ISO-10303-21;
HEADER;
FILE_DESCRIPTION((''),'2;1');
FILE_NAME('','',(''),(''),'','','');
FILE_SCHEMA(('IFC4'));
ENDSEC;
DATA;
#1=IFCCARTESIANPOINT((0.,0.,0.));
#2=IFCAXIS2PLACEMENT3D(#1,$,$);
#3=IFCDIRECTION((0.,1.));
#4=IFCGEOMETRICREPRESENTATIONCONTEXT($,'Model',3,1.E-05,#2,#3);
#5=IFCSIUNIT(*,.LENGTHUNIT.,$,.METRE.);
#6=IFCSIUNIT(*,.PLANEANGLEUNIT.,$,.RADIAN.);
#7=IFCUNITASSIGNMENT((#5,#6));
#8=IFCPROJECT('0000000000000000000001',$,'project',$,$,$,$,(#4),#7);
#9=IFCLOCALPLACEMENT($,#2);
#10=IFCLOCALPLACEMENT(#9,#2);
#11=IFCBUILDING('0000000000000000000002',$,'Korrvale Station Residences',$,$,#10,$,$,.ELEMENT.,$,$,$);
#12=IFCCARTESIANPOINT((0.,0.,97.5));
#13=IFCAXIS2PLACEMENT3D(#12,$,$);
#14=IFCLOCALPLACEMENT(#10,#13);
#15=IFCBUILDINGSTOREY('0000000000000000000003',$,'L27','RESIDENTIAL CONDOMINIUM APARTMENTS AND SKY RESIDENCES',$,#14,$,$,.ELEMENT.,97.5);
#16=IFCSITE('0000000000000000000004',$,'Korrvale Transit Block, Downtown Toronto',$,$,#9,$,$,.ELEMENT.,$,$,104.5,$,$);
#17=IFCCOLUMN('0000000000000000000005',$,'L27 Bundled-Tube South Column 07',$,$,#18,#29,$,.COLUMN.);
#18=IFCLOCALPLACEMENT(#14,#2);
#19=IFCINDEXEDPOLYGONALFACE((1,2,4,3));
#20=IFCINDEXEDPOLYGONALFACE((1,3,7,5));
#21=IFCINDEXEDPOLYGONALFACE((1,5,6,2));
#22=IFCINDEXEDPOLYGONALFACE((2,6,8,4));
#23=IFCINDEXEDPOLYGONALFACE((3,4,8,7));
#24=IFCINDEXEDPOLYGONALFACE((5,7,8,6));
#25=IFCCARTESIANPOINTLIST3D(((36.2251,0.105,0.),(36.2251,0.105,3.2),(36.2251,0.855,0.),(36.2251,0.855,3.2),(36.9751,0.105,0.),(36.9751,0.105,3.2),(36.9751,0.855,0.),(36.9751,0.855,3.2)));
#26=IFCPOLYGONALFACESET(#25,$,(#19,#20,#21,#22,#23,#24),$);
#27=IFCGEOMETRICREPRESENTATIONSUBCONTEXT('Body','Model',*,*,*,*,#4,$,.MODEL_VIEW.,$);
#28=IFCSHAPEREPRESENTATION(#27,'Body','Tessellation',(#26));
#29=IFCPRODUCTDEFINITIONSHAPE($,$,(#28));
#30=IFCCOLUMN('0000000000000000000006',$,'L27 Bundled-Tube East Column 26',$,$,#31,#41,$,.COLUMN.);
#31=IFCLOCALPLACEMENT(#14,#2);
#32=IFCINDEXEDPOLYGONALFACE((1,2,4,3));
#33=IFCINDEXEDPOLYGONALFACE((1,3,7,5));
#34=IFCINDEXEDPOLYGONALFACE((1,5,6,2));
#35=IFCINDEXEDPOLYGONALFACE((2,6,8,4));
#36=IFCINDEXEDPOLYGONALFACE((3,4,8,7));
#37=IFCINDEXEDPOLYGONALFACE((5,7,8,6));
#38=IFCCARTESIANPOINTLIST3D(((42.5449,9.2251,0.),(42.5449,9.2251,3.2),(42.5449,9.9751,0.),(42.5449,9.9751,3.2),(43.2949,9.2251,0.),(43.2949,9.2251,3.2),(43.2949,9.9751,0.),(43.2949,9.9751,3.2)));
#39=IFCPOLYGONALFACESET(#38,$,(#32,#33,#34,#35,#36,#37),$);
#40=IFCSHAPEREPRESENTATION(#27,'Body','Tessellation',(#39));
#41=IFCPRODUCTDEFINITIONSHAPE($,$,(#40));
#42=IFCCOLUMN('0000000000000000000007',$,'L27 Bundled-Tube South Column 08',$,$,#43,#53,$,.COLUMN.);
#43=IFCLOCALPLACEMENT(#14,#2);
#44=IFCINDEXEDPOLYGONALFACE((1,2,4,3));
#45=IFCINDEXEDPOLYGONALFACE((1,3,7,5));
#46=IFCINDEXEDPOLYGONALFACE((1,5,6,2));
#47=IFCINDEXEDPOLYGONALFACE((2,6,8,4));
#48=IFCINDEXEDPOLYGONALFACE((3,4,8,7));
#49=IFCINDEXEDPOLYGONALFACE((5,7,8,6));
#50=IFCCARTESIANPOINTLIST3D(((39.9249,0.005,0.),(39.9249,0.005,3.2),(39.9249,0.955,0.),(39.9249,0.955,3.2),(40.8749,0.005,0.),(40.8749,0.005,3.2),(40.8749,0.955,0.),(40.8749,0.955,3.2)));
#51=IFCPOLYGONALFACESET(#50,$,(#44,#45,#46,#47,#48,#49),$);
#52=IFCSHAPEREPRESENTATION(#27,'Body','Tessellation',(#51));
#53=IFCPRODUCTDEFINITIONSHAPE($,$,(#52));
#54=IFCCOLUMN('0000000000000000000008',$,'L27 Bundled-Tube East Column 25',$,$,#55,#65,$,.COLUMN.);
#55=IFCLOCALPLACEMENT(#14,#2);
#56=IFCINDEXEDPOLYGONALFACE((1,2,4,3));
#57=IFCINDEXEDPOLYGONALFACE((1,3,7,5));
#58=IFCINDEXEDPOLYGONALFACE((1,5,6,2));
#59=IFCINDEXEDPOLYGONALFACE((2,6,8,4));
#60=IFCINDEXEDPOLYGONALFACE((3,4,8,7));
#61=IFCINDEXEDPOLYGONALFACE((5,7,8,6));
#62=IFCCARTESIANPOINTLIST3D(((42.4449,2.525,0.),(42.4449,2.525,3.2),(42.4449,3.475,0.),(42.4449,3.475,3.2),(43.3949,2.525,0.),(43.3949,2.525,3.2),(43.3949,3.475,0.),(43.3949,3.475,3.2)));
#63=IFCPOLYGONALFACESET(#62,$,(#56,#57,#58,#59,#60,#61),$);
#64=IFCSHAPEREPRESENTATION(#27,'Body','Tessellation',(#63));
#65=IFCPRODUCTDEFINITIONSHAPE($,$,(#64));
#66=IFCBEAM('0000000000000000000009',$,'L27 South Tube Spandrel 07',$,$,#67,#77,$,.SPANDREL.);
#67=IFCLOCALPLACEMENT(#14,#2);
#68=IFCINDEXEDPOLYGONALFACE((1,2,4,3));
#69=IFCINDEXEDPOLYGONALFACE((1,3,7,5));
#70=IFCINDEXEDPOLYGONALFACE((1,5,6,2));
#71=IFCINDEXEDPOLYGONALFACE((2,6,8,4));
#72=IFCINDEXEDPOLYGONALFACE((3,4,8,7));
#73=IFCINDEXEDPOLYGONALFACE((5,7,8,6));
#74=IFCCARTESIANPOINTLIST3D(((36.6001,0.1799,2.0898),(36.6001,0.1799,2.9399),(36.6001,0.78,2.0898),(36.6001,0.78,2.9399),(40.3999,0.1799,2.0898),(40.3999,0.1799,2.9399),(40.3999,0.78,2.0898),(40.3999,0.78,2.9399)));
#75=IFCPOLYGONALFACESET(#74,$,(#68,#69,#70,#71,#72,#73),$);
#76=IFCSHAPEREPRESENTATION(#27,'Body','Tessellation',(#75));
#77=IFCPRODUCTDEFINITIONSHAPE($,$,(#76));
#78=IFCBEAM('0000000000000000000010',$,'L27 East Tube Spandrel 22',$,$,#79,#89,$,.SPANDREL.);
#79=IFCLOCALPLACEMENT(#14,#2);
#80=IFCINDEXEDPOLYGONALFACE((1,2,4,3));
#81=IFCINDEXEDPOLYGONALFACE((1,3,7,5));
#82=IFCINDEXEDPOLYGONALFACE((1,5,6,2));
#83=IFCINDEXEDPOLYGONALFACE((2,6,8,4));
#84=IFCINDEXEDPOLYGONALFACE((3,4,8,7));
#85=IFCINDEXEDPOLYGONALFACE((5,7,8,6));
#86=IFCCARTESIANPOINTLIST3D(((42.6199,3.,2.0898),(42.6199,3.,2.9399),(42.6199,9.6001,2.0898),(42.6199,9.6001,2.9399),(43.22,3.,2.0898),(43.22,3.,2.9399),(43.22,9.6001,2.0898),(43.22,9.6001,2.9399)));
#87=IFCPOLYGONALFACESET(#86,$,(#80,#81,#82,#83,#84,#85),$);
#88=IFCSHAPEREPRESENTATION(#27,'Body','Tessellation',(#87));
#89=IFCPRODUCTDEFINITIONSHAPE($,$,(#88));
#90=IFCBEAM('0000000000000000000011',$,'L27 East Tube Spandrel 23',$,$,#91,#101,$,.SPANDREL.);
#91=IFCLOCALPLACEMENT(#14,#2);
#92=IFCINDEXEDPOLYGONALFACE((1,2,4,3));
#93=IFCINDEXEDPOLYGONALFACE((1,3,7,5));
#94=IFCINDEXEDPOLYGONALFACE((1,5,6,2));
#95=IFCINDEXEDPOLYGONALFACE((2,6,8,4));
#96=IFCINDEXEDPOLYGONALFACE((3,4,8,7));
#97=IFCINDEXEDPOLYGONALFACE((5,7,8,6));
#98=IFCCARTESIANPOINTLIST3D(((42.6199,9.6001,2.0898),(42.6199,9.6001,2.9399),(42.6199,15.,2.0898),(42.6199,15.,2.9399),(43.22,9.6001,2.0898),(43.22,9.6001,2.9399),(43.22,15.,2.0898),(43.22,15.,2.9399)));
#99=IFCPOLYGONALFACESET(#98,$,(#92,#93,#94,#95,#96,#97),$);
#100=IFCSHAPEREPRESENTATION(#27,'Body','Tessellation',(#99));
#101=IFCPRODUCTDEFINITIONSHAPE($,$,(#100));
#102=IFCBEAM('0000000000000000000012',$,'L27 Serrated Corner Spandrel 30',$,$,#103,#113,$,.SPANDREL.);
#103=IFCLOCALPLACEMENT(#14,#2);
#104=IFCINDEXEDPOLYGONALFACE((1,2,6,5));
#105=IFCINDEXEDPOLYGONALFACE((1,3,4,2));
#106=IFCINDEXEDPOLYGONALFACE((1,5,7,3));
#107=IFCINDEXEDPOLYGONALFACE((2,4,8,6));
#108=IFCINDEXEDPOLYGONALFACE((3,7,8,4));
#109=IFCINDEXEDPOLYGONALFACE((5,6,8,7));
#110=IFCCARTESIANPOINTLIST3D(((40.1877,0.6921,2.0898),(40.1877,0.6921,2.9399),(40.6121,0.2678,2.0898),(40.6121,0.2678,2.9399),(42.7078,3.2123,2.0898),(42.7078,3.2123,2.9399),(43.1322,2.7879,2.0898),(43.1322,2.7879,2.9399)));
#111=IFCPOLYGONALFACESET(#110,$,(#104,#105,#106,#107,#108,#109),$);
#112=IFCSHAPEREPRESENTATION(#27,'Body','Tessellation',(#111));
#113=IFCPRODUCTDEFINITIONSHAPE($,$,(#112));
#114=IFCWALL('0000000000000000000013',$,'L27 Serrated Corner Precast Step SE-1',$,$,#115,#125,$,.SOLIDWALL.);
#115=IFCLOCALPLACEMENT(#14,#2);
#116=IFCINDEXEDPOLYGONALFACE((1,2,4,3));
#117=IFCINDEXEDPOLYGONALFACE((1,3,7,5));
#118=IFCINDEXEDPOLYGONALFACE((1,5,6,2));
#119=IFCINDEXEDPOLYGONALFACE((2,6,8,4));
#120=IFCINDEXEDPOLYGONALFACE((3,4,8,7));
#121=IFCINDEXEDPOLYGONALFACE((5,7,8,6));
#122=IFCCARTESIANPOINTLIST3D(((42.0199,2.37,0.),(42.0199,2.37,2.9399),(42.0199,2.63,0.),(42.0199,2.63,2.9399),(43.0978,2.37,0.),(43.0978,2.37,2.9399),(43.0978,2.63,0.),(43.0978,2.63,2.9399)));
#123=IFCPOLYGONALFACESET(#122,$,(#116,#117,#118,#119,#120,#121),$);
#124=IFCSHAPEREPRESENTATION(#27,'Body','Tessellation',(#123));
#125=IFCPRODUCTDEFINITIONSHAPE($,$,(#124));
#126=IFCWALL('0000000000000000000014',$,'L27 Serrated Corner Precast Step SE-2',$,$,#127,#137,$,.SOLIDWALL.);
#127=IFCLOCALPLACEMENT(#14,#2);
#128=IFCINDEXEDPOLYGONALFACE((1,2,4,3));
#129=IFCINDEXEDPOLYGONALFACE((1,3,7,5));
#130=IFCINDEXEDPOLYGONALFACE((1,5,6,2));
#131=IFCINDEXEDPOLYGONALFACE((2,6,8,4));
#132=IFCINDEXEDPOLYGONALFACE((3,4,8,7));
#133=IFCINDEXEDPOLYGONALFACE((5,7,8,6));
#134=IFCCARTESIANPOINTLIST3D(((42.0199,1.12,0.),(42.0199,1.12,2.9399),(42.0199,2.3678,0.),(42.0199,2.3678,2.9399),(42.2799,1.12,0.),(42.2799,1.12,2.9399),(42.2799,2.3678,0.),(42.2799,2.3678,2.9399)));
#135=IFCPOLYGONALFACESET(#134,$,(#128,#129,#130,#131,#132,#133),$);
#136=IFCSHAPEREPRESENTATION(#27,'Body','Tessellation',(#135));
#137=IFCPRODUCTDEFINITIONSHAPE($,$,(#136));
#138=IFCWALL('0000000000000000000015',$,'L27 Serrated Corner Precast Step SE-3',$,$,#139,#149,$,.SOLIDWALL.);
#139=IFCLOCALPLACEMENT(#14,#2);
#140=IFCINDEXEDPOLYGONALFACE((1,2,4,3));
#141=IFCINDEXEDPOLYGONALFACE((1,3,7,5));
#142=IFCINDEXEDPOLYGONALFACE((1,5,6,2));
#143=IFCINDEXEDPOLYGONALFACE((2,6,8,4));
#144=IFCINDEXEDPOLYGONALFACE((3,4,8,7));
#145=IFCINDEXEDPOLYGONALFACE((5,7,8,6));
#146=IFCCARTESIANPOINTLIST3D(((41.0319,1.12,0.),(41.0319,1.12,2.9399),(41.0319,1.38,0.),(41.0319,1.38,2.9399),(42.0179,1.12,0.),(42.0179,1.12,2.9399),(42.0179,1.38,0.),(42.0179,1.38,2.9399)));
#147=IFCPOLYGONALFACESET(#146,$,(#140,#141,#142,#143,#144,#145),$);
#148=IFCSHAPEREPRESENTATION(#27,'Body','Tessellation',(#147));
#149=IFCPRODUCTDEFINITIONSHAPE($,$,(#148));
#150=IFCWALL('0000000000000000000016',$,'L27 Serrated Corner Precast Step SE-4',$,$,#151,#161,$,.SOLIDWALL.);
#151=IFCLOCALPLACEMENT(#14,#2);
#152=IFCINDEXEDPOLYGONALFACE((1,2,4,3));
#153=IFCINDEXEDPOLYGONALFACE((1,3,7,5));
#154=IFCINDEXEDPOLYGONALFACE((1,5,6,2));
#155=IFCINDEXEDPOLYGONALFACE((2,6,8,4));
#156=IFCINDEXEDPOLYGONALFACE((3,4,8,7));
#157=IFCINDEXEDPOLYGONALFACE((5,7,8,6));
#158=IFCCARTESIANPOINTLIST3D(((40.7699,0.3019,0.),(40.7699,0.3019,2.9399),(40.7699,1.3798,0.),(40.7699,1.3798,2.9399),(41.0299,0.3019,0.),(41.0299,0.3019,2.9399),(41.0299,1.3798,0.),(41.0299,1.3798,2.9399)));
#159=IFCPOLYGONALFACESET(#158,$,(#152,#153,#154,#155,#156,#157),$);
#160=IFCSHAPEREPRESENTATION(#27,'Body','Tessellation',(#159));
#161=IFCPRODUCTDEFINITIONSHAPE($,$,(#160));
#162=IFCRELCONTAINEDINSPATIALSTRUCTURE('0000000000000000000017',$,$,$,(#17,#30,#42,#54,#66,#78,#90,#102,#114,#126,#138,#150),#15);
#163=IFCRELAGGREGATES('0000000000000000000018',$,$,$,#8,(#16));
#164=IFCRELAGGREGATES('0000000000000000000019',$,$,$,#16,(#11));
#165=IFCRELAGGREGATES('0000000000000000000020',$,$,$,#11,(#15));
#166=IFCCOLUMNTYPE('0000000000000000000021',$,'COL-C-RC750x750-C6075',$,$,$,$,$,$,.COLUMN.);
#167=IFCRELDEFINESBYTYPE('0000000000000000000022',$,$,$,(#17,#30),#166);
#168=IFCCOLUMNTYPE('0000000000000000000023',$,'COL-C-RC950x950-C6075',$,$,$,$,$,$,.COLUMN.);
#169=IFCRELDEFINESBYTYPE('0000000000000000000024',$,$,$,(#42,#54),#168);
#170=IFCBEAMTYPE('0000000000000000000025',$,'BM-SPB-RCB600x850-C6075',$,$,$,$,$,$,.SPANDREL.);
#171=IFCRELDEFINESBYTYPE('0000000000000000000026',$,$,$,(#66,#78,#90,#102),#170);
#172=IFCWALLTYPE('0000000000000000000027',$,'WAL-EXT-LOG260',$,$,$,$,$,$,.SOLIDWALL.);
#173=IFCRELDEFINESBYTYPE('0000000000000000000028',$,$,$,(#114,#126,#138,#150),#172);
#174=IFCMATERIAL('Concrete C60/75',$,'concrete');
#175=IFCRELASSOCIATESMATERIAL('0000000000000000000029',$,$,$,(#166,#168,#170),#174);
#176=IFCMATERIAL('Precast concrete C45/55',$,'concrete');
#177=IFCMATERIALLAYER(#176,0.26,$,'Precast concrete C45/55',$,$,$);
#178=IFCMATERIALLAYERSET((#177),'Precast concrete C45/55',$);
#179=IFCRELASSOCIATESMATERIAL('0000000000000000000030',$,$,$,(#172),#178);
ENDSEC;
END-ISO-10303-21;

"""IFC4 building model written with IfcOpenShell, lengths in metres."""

from ifc_helpers import new_model, si_unit, direction, frame, frame_2d, origin, origin_2d, place, context, subcontext, project, spatial, rectangle, extrude, material, layer, layer_set, material_profile, profile_set, type_object, element, save


model = new_model("IFC4")

# Units and contexts
model_context = context("Model", 3, precision=1e-05, world=origin(), true_north=direction((0.0, 1.0)))
body_context = subcontext(model_context, "Body", "Model", "MODEL_VIEW")
ifc_project = project(units=[si_unit("LENGTHUNIT", "METRE"), si_unit("PLANEANGLEUNIT", "RADIAN")], contexts=[model_context])

# Site, building, storey
site_placement = place(None, origin())
site = spatial("IfcSite", under=ifc_project, at=site_placement, Name="Korrvale Transit Block, Downtown Toronto", CompositionType="ELEMENT", RefElevation=104.5)
building_placement = place(site_placement, origin())
building = spatial("IfcBuilding", under=site, at=building_placement, Name="Korrvale Station Residences", CompositionType="ELEMENT")
storey_placement = place(building_placement, frame((0.0, 0.0, 97.5)))
storey = spatial("IfcBuildingStorey", under=building, at=storey_placement, Name="L27", Description="RESIDENTIAL CONDOMINIUM APARTMENTS AND SKY RESIDENCES", CompositionType="ELEMENT", Elevation=97.5)

# Columns
ifc_material_1 = material(Name="Concrete C60/75", Category="concrete")
ifc_material_profile_1 = material_profile(ifc_material_1, rectangle(XDim=0.75, YDim=0.75, at=origin_2d()), Name="RC750x750")
ifc_profile_set_1 = profile_set([ifc_material_profile_1], Name="Concrete C60/75")
column_type_1 = type_object("IfcColumnType", Name="COL-C-RC750x750-C6075", PredefinedType="COLUMN", material=ifc_profile_set_1)
for number, where, z_axis, x_axis, name in (
    (1, (36.6001, 0.48, 0.0), (0.0, 0.0, 1.0), (1.0, 0.0, 0.0), "L27 Bundled-Tube South Column 07"),
    (2, (42.9199, 9.6001, 0.0), (0.0, 0.0, 1.0), (1.0, 0.0, 0.0), "L27 Bundled-Tube East Column 26"),
):
    element("IfcColumn", number, at=place(storey_placement, frame(where, z_axis=z_axis, x_axis=x_axis)), inside=storey, type_object=column_type_1, Name=name, PredefinedType="COLUMN", context=body_context, shape_type="SweptSolid", body=[
        extrude(rectangle(XDim=0.75, YDim=0.75, at=origin_2d()), origin(), (0.0, 0.0, 1.0), 3.2),
    ])
ifc_material_profile_2 = material_profile(ifc_material_1, rectangle(XDim=0.95, YDim=0.95, at=origin_2d()), Name="RC950x950")
ifc_profile_set_2 = profile_set([ifc_material_profile_2], Name="Concrete C60/75")
column_type_2 = type_object("IfcColumnType", Name="COL-C-RC950x950-C6075", PredefinedType="COLUMN", material=ifc_profile_set_2)
for number, where, z_axis, x_axis, name in (
    (3, (40.3999, 0.48, 0.0), (0.0, 0.0, 1.0), (1.0, 0.0, 0.0), "L27 Bundled-Tube South Column 08"),
    (4, (42.9199, 3.0, 0.0), (0.0, 0.0, 1.0), (1.0, 0.0, 0.0), "L27 Bundled-Tube East Column 25"),
):
    element("IfcColumn", number, at=place(storey_placement, frame(where, z_axis=z_axis, x_axis=x_axis)), inside=storey, type_object=column_type_2, Name=name, PredefinedType="COLUMN", context=body_context, shape_type="SweptSolid", body=[
        extrude(rectangle(XDim=0.95, YDim=0.95, at=origin_2d()), origin(), (0.0, 0.0, 1.0), 3.2),
    ])

# Beams
ifc_material_profile_3 = material_profile(ifc_material_1, rectangle(XDim=0.6001, YDim=0.8501, at=origin_2d()), Name="RCB600x850")
ifc_profile_set_3 = profile_set([ifc_material_profile_3], Name="Concrete C60/75")
beam_type = type_object("IfcBeamType", Name="BM-SPB-RCB600x850-C6075", PredefinedType="SPANDREL", material=ifc_profile_set_3)
beam_1_placement = place(storey_placement, frame((36.6001, 0.48, 2.5149), z_axis=(1.0, 0.0, 0.0), x_axis=(0.0, 1.0, 0.0)))
element("IfcBeam", 5, at=beam_1_placement, inside=storey, type_object=beam_type, Name="L27 South Tube Spandrel 07", PredefinedType="SPANDREL", context=body_context, shape_type="SweptSolid", body=[
    extrude(rectangle(XDim=0.6001, YDim=0.8501, at=origin_2d()), origin(), (0.0, 0.0, 1.0), 3.7998),
])
beam_2_placement = place(storey_placement, frame((42.9199, 3.0, 2.5149), z_axis=(0.0, 1.0, 0.0), x_axis=(-1.0, 0.0, 0.0)))
element("IfcBeam", 6, at=beam_2_placement, inside=storey, type_object=beam_type, Name="L27 East Tube Spandrel 22", PredefinedType="SPANDREL", context=body_context, shape_type="SweptSolid", body=[
    extrude(rectangle(XDim=0.6001, YDim=0.8501, at=origin_2d()), origin(), (0.0, 0.0, 1.0), 6.6001),
])
beam_3_placement = place(storey_placement, frame((42.9199, 9.6001, 2.5149), z_axis=(0.0, 1.0, 0.0), x_axis=(-1.0, 0.0, 0.0)))
element("IfcBeam", 7, at=beam_3_placement, inside=storey, type_object=beam_type, Name="L27 East Tube Spandrel 23", PredefinedType="SPANDREL", context=body_context, shape_type="SweptSolid", body=[
    extrude(rectangle(XDim=0.6001, YDim=0.8501, at=origin_2d()), origin(), (0.0, 0.0, 1.0), 5.3999),
])
beam_4_placement = place(storey_placement, frame((40.3999, 0.48, 2.5149), z_axis=(0.707107, 0.707107, 0.0), x_axis=(-0.707107, 0.707107, 0.0)))
element("IfcBeam", 8, at=beam_4_placement, inside=storey, type_object=beam_type, Name="L27 Serrated Corner Spandrel 30", PredefinedType="SPANDREL", context=body_context, shape_type="SweptSolid", body=[
    extrude(rectangle(XDim=0.6001, YDim=0.8501, at=origin_2d()), origin(), (0.0, 0.0, 1.0), 3.564),
])

# Walls
ifc_material_2 = material(Name="Precast concrete C45/55", Category="concrete")
ifc_layer_1 = layer(ifc_material_2, 0.26, Name="Precast concrete C45/55")
ifc_layer_set_1 = layer_set([ifc_layer_1], Name="Precast concrete C45/55")
wall_type_1 = type_object("IfcWallType", Name="WAL-EXT-LOG260", PredefinedType="SOLIDWALL", material=ifc_layer_set_1)
wall_1_placement = place(storey_placement, frame((43.0979, 2.5, 0.0), z_axis=(0.0, 0.0, 1.0), x_axis=(-1.0, 0.0, 0.0)))
element("IfcWall", 9, at=wall_1_placement, inside=storey, type_object=wall_type_1, Name="L27 Serrated Corner Precast Step SE-1", PredefinedType="SOLIDWALL", context=body_context, shape_type="SweptSolid", body=[
    extrude(rectangle(XDim=1.0779, YDim=0.26, at=frame_2d((0.5391, 0.0))), origin(), (0.0, 0.0, 1.0), 2.9399),
])
wall_2_placement = place(storey_placement, frame((42.1499, 2.3679, 0.0), z_axis=(0.0, 0.0, 1.0), x_axis=(0.0, -1.0, 0.0)))
element("IfcWall", 10, at=wall_2_placement, inside=storey, type_object=wall_type_1, Name="L27 Serrated Corner Precast Step SE-2", PredefinedType="SOLIDWALL", context=body_context, shape_type="SweptSolid", body=[
    extrude(rectangle(XDim=1.2478, YDim=0.26, at=frame_2d((0.624, 0.0))), origin(), (0.0, 0.0, 1.0), 2.9399),
])
wall_3_placement = place(storey_placement, frame((42.0181, 1.25, 0.0), z_axis=(0.0, 0.0, 1.0), x_axis=(-1.0, 0.0, 0.0)))
element("IfcWall", 11, at=wall_3_placement, inside=storey, type_object=wall_type_1, Name="L27 Serrated Corner Precast Step SE-3", PredefinedType="SOLIDWALL", context=body_context, shape_type="SweptSolid", body=[
    extrude(rectangle(XDim=0.9861, YDim=0.26, at=frame_2d((0.4932, 0.0))), origin(), (0.0, 0.0, 1.0), 2.9399),
])
wall_4_placement = place(storey_placement, frame((40.8999, 1.3799, 0.0), z_axis=(0.0, 0.0, 1.0), x_axis=(0.0, -1.0, 0.0)))
element("IfcWall", 12, at=wall_4_placement, inside=storey, type_object=wall_type_1, Name="L27 Serrated Corner Precast Step SE-4", PredefinedType="SOLIDWALL", context=body_context, shape_type="SweptSolid", body=[
    extrude(rectangle(XDim=1.0779, YDim=0.26, at=frame_2d((0.5391, 0.0))), origin(), (0.0, 0.0, 1.0), 2.9399),
])

save(model, "model.ifc")
